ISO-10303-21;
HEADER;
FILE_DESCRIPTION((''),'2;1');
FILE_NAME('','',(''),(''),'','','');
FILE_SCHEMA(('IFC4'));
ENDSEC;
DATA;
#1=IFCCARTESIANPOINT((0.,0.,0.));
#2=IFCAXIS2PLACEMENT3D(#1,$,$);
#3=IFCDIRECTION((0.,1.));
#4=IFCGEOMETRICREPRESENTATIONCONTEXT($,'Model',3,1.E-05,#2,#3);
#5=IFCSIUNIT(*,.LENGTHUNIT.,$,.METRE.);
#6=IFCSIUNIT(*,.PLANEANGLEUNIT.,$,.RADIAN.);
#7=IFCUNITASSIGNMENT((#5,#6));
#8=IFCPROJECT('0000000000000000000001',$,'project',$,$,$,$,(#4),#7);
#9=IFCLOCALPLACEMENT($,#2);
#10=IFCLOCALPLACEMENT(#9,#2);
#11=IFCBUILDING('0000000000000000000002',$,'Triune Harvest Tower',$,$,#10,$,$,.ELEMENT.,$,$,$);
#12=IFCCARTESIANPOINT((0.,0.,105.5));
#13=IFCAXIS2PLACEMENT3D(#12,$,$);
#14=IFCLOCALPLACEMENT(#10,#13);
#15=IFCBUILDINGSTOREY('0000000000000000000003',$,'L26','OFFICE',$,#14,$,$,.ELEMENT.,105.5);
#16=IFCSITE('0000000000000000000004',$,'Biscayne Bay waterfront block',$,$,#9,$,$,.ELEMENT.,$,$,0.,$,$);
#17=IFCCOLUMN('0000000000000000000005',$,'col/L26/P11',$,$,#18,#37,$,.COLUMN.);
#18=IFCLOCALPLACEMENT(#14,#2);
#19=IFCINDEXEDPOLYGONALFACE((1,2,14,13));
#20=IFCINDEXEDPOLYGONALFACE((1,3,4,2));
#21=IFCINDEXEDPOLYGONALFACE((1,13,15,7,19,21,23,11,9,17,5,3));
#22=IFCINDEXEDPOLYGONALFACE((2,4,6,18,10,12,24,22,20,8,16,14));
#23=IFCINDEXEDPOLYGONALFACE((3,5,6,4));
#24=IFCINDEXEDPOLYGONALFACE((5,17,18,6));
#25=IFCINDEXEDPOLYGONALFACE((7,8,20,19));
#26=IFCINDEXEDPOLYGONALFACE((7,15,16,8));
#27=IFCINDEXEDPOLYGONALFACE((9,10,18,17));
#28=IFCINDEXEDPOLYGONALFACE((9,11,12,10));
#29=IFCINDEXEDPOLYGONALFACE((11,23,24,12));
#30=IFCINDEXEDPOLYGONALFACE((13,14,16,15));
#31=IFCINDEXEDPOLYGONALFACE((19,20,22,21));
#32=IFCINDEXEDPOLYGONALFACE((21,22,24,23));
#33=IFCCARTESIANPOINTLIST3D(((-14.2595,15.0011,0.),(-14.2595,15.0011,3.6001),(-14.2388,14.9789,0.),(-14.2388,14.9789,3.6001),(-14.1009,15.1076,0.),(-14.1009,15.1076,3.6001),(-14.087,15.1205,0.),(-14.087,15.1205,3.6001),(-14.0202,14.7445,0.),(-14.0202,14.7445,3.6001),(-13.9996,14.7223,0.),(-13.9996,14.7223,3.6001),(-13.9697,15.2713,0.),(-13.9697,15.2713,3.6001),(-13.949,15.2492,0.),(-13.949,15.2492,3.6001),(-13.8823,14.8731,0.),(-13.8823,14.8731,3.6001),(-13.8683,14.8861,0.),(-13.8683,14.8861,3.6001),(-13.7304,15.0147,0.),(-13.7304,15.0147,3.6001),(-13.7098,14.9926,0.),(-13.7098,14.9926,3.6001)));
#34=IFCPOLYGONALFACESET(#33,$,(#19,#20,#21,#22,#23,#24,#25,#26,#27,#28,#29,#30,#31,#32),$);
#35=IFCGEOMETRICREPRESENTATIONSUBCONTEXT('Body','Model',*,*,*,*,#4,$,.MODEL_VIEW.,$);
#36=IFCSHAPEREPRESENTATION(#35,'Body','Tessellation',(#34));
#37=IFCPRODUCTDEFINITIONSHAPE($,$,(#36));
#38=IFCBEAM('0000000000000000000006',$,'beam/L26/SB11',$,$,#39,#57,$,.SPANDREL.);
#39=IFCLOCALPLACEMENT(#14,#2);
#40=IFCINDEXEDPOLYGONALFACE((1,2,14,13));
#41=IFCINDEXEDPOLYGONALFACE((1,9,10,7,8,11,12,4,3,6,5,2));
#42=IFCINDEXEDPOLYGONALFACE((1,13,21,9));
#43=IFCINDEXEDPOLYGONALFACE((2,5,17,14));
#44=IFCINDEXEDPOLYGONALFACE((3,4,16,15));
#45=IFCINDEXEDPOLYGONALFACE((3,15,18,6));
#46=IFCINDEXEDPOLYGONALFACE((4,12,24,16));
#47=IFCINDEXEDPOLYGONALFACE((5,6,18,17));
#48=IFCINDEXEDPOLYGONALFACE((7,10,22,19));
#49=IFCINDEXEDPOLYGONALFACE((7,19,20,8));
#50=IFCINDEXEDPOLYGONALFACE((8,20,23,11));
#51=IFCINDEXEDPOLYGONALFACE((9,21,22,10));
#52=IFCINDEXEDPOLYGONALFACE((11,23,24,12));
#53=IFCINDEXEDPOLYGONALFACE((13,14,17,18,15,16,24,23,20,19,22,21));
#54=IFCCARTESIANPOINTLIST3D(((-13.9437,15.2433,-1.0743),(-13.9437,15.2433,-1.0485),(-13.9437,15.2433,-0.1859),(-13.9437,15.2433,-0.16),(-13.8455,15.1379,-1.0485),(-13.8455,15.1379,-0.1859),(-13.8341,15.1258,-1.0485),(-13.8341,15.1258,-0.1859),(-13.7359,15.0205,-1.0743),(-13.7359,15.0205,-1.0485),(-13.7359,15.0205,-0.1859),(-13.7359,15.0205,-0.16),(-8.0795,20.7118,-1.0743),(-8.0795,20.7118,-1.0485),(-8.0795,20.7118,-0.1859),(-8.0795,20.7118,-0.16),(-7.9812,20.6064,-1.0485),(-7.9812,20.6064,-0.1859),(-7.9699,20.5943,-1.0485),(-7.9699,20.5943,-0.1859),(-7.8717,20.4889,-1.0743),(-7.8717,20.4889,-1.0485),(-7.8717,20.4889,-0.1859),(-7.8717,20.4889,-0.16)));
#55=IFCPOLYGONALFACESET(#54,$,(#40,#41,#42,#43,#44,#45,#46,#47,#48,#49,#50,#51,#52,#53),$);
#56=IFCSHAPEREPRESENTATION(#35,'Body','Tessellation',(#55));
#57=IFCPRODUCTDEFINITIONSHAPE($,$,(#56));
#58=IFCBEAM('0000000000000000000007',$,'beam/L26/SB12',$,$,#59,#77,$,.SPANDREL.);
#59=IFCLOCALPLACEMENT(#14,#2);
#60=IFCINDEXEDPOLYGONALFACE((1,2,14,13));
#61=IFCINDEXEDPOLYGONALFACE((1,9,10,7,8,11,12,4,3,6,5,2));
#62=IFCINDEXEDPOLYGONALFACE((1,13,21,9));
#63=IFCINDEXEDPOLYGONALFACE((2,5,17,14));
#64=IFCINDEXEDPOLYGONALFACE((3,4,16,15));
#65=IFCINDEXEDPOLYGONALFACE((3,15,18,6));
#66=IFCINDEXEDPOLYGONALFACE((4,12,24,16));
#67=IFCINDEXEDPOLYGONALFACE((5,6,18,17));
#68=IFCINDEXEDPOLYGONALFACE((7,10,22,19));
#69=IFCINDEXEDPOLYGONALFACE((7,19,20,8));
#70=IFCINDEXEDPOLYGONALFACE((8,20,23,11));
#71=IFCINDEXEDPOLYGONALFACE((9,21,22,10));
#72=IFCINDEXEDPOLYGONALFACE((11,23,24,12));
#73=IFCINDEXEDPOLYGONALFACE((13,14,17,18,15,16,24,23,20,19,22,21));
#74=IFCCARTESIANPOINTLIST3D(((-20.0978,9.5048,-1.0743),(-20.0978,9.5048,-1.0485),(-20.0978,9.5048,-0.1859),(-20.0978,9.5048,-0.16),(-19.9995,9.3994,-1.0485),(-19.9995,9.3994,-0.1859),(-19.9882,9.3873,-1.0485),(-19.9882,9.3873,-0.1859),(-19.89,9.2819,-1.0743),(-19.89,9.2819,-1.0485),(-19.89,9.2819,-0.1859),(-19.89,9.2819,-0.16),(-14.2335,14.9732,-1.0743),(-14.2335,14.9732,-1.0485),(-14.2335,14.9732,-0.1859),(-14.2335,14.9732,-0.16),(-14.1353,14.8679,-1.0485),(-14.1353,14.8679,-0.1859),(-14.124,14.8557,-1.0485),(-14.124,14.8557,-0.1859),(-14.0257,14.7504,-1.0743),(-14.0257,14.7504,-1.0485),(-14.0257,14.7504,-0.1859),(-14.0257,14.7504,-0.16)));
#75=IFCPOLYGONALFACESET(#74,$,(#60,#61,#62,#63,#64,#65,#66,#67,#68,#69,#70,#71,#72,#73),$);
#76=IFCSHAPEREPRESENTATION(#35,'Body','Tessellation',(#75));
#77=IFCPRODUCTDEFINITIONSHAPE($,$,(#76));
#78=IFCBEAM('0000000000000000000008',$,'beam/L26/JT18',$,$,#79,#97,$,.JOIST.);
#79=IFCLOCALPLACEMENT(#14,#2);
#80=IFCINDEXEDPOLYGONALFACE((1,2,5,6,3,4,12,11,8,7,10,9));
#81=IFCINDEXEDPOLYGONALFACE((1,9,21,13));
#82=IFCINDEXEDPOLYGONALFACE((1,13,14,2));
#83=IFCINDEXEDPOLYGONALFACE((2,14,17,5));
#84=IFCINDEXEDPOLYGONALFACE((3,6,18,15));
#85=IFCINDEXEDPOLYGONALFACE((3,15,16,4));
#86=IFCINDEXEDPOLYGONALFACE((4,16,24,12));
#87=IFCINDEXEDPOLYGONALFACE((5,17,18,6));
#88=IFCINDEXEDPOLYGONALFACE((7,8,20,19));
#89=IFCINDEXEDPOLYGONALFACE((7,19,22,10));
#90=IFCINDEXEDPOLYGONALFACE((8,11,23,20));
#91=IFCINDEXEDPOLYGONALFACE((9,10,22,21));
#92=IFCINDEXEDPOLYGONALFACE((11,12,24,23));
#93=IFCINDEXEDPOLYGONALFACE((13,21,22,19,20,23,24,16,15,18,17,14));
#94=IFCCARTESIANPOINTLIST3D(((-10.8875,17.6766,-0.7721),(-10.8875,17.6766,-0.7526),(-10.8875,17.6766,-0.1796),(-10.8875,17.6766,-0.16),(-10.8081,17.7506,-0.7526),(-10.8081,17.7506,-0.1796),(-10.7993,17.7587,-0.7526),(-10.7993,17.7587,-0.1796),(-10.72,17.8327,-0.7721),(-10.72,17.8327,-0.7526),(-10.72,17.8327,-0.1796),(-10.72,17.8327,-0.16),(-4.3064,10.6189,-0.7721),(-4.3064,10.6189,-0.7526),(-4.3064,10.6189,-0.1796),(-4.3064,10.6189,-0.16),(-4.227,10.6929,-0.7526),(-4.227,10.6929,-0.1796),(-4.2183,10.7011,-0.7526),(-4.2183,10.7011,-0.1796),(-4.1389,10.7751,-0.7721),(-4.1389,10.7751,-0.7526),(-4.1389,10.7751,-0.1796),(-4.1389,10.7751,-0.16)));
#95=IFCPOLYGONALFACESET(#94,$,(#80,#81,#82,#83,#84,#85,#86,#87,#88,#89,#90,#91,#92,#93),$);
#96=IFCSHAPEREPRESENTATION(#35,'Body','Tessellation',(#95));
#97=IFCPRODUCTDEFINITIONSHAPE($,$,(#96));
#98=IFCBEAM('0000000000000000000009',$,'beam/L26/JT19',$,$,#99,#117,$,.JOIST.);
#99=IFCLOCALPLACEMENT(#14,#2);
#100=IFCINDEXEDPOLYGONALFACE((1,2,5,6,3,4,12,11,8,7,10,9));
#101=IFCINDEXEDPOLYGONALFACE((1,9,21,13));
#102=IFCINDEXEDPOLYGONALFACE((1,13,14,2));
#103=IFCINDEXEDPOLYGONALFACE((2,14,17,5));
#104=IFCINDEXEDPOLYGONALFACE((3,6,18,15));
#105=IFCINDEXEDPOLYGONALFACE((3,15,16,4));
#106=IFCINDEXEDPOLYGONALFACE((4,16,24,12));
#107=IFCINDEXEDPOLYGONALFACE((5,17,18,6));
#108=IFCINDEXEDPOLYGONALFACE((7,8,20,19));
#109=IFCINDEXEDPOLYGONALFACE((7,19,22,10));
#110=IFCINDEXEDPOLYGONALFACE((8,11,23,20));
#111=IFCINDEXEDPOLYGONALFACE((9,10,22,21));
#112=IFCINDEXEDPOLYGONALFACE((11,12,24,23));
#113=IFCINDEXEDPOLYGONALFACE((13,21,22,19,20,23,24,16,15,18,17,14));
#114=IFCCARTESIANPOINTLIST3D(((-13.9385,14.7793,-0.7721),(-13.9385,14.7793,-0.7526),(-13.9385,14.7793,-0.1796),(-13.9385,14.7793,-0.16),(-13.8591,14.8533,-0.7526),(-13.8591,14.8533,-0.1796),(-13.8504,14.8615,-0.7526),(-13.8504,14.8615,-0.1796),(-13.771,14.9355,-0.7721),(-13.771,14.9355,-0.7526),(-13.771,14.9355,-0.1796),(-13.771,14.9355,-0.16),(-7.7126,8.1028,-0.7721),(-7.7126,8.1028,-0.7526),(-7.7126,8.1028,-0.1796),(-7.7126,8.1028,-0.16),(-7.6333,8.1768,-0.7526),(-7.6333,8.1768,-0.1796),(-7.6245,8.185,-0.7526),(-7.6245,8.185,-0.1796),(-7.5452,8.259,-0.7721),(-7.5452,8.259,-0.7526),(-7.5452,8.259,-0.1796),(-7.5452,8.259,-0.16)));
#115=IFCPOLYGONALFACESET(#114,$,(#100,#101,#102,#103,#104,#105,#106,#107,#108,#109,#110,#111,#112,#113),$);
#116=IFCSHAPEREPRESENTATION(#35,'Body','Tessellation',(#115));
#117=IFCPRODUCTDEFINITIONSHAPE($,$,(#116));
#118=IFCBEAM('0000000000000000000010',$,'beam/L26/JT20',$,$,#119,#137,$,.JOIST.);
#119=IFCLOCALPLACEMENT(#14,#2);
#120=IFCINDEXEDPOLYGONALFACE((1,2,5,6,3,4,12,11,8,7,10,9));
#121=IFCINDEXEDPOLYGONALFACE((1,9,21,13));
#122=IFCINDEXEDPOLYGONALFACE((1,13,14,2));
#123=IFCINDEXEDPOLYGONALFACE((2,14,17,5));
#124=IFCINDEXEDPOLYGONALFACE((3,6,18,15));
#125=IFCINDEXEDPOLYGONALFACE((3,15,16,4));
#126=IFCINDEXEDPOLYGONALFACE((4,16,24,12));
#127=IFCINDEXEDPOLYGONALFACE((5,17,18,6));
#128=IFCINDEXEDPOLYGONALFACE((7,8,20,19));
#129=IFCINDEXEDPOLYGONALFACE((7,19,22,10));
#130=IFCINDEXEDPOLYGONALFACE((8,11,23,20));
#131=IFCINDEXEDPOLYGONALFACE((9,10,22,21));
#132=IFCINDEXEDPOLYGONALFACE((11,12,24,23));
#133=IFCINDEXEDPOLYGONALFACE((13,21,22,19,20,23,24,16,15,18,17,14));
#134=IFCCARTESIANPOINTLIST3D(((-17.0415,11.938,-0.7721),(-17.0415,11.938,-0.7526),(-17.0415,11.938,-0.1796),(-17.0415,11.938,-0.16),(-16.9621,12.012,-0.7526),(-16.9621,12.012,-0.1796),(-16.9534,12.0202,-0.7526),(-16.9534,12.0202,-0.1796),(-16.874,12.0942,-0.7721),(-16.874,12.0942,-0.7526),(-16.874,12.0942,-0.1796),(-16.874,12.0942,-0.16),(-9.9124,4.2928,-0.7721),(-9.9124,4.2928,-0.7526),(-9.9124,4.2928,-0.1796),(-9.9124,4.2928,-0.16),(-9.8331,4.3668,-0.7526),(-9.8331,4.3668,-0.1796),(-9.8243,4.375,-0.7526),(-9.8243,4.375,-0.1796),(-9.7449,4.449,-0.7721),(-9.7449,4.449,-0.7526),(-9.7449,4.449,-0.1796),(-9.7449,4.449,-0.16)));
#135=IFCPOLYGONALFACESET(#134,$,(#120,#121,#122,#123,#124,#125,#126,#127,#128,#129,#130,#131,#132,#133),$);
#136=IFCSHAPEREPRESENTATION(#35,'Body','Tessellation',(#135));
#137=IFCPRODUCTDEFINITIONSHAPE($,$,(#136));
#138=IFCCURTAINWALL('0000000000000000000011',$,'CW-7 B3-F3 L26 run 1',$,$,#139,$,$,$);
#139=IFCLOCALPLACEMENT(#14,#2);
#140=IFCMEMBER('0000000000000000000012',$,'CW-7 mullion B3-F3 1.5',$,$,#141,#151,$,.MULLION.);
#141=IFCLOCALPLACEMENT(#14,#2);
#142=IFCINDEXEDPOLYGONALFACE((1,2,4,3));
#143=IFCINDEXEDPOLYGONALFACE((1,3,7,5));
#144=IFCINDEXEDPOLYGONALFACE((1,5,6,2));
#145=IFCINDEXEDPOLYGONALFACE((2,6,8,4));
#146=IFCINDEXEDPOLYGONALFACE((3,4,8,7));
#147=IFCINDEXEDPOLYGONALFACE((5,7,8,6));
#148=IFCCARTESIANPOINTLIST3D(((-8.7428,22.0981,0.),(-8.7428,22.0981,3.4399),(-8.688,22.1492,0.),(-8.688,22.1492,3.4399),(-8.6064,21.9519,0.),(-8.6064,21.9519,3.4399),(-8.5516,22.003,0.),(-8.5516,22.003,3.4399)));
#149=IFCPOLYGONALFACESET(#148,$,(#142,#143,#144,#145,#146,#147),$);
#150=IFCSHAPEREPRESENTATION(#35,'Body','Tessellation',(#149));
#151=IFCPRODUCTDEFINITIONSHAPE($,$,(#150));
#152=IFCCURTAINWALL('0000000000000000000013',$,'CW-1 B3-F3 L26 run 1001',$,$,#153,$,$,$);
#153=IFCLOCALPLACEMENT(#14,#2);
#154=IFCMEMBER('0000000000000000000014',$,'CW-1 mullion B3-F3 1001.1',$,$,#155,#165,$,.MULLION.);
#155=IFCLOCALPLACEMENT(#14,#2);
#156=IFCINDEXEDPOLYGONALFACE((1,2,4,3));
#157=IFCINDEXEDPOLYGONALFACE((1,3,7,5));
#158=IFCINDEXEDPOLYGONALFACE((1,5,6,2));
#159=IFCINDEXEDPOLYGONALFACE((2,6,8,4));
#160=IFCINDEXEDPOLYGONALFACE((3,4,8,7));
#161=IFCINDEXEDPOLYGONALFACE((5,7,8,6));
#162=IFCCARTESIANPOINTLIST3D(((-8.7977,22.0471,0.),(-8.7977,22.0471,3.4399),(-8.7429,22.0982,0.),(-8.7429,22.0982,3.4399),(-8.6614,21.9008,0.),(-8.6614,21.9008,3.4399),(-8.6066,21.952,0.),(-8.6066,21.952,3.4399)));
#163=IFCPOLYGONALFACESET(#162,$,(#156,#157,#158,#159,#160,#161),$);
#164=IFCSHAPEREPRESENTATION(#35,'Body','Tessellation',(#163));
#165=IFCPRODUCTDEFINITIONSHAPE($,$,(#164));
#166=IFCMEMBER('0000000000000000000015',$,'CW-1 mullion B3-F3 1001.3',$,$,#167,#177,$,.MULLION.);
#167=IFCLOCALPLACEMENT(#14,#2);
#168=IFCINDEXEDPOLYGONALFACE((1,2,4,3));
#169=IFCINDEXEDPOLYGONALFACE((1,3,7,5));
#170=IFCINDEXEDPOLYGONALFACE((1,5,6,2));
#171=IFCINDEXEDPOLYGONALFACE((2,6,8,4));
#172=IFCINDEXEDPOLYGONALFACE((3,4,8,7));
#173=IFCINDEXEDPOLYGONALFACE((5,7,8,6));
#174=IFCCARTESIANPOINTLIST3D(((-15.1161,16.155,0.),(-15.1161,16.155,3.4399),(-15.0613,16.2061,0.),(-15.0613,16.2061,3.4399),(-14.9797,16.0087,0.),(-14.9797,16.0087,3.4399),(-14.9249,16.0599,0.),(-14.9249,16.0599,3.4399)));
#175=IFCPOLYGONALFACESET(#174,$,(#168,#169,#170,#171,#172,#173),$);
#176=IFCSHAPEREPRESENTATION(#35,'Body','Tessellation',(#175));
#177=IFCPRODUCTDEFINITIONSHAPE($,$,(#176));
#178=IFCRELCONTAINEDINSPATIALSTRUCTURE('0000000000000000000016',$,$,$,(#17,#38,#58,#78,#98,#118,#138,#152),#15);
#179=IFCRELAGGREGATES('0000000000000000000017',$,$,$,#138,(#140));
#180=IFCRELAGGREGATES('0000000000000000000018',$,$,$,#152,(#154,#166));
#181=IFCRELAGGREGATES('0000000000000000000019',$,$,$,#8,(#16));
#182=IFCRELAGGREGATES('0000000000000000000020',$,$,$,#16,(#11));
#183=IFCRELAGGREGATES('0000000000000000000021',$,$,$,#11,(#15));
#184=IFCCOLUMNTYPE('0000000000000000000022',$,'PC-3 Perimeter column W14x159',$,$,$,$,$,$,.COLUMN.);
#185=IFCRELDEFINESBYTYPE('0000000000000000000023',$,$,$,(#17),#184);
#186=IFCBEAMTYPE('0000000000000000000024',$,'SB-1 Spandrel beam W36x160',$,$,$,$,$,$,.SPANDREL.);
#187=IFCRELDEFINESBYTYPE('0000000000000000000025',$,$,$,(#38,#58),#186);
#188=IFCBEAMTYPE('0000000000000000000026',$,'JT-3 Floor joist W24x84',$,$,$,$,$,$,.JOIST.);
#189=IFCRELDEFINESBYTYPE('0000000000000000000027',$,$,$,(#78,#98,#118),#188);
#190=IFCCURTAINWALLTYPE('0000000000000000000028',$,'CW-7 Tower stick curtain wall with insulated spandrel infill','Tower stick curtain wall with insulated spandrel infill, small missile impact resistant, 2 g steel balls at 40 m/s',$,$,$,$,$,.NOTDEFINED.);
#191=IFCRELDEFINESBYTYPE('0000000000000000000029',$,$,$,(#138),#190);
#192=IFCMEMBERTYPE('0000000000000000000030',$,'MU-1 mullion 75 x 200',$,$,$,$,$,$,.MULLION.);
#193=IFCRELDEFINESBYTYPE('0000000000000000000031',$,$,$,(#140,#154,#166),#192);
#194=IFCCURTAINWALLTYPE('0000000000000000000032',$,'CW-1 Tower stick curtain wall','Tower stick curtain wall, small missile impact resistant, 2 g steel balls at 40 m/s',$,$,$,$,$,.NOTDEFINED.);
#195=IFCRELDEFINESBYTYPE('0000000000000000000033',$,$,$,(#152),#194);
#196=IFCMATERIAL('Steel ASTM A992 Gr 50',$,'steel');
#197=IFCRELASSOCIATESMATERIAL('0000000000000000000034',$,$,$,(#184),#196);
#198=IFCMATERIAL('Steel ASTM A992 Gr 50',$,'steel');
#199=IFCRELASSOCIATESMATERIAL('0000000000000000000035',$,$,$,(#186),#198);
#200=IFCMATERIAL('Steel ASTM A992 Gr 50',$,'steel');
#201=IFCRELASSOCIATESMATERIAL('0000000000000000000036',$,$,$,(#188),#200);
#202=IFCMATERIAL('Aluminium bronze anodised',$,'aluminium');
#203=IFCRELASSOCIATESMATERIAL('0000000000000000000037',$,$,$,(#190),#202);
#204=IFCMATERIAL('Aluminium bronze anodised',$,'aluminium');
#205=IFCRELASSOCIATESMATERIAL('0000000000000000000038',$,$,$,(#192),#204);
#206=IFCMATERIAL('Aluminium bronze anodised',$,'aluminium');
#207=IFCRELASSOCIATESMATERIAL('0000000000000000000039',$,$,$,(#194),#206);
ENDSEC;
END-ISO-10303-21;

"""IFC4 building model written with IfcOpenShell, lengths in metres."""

from ifc_helpers import new_model, si_unit, direction, frame, origin, origin_2d, place, context, subcontext, project, spatial, rectangle, i_section, extrude, source, transform, mapped, material, material_profile, profile_set, type_object, element, aggregate, save


model = new_model("IFC4")

# Units and contexts
model_context = context("Model", 3, precision=1e-05, world=origin(), true_north=direction((0.0, 1.0)))
body_context = subcontext(model_context, "Body", "Model", "MODEL_VIEW")
ifc_project = project(units=[si_unit("LENGTHUNIT", "METRE"), si_unit("PLANEANGLEUNIT", "RADIAN")], contexts=[model_context])

# Site, building, storey
site_placement = place(None, origin())
site = spatial("IfcSite", under=ifc_project, at=site_placement, Name="Biscayne Bay waterfront block", CompositionType="ELEMENT", RefElevation=0.0)
building_placement = place(site_placement, origin())
building = spatial("IfcBuilding", under=site, at=building_placement, Name="Triune Harvest Tower", CompositionType="ELEMENT")
storey_placement = place(building_placement, frame((0.0, 0.0, 105.5)))
storey = spatial("IfcBuildingStorey", under=building, at=storey_placement, Name="L26", Description="OFFICE", CompositionType="ELEMENT", Elevation=105.5)

# Column
ifc_material_1 = material(Name="Steel ASTM A992 Gr 50", Category="steel")
ifc_material_profile_1 = material_profile(ifc_material_1, i_section(OverallWidth=0.3962, OverallDepth=0.3811, WebThickness=0.019, FlangeThickness=0.0303, at=origin_2d()), Name="W14x159")
ifc_profile_set_1 = profile_set([ifc_material_profile_1], Name="Steel ASTM A992 Gr 50")
column_type = type_object("IfcColumnType", Name="PC-3 Perimeter column W14x159", PredefinedType="COLUMN", material=ifc_profile_set_1)
shared_shape_1 = source(origin(), body_context, "Body", "SweptSolid", [
    extrude(i_section(OverallWidth=0.3962, OverallDepth=0.3811, WebThickness=0.019, FlangeThickness=0.0303, at=origin_2d()), origin(), (0.0, 0.0, 1.0), 3.6001),
])
column_placement = place(storey_placement, frame((-13.9846, 14.9968, 0.0), z_axis=(0.0, 0.0, 1.0), x_axis=(-0.731355, -0.681997, 0.0)))
element("IfcColumn", 1, at=column_placement, inside=storey, type_object=column_type, Name="col/L26/P11", PredefinedType="COLUMN", context=body_context, shape_type="MappedRepresentation", body=[
    mapped(shared_shape_1, transform((0.0, 0.0, 0.0), scale=1.0)),
])

# Beams
ifc_material_2 = material(Name="Steel ASTM A992 Gr 50", Category="steel")
ifc_material_profile_2 = material_profile(ifc_material_2, i_section(OverallWidth=0.3047, OverallDepth=0.9143, WebThickness=0.0166, FlangeThickness=0.0259, at=origin_2d()), Name="W36x160")
ifc_profile_set_2 = profile_set([ifc_material_profile_2], Name="Steel ASTM A992 Gr 50")
beam_type_1 = type_object("IfcBeamType", Name="SB-1 Spandrel beam W36x160", PredefinedType="SPANDREL", material=ifc_profile_set_2)
shared_shape_2 = source(origin(), body_context, "Body", "SweptSolid", [
    extrude(i_section(OverallWidth=0.3047, OverallDepth=0.9143, WebThickness=0.0166, FlangeThickness=0.0259, at=origin_2d()), origin(), (0.0, 0.0, 1.0), 8.0183),
])
for number, where, z_axis, x_axis, name in (
    (2, (-7.9756, 20.6003, -0.6172), (-0.731354, -0.681998, 0.0), (0.681998, -0.731354, 0.0), "beam/L26/SB11"),
    (3, (-14.1296, 14.8618, -0.6172), (-0.731354, -0.681998, 0.0), (0.681998, -0.731354, 0.0), "beam/L26/SB12"),
):
    element("IfcBeam", number, at=place(storey_placement, frame(where, z_axis=z_axis, x_axis=x_axis)), inside=storey, type_object=beam_type_1, Name=name, PredefinedType="SPANDREL", context=body_context, shape_type="MappedRepresentation", body=[
        mapped(shared_shape_2, transform((0.0, 0.0, 0.0), scale=1.0)),
    ])
ifc_material_3 = material(Name="Steel ASTM A992 Gr 50", Category="steel")
ifc_material_profile_3 = material_profile(ifc_material_3, i_section(OverallWidth=0.229, OverallDepth=0.6121, WebThickness=0.012, FlangeThickness=0.0195, at=origin_2d()), Name="W24x84")
ifc_profile_set_3 = profile_set([ifc_material_profile_3], Name="Steel ASTM A992 Gr 50")
beam_type_2 = type_object("IfcBeamType", Name="JT-3 Floor joist W24x84", PredefinedType="JOIST", material=ifc_profile_set_3)
shared_shape_3 = source(origin(), body_context, "Body", "SweptSolid", [
    extrude(i_section(OverallWidth=0.229, OverallDepth=0.6121, WebThickness=0.012, FlangeThickness=0.0195, at=origin_2d()), origin(), (0.0, 0.0, 1.0), 9.6499),
])
beam_1_placement = place(storey_placement, frame((-10.8037, 17.7546, -0.4661), z_axis=(0.681983, -0.731368, 0.0), x_axis=(0.731368, 0.681983, 0.0)))
element("IfcBeam", 4, at=beam_1_placement, inside=storey, type_object=beam_type_2, Name="beam/L26/JT18", PredefinedType="JOIST", context=body_context, shape_type="MappedRepresentation", body=[
    mapped(shared_shape_3, transform((0.0, 0.0, 0.0), scale=1.0)),
])
shared_shape_4 = source(origin(), body_context, "Body", "SweptSolid", [
    extrude(i_section(OverallWidth=0.229, OverallDepth=0.6121, WebThickness=0.012, FlangeThickness=0.0195, at=origin_2d()), origin(), (0.0, 0.0, 1.0), 9.1289),
])
beam_2_placement = place(storey_placement, frame((-13.8547, 14.8574, -0.4661), z_axis=(0.681991, -0.73136, 0.0), x_axis=(0.73136, 0.681991, 0.0)))
element("IfcBeam", 5, at=beam_2_placement, inside=storey, type_object=beam_type_2, Name="beam/L26/JT19", PredefinedType="JOIST", context=body_context, shape_type="MappedRepresentation", body=[
    mapped(shared_shape_4, transform((0.0, 0.0, 0.0), scale=1.0)),
])
shared_shape_5 = source(origin(), body_context, "Body", "SweptSolid", [
    extrude(i_section(OverallWidth=0.229, OverallDepth=0.6121, WebThickness=0.012, FlangeThickness=0.0195, at=origin_2d()), origin(), (0.0, 0.0, 1.0), 10.4534),
])
beam_3_placement = place(storey_placement, frame((-16.9578, 12.0161, -0.4661), z_axis=(0.681989, -0.731362, 0.0), x_axis=(0.731362, 0.681989, 0.0)))
element("IfcBeam", 6, at=beam_3_placement, inside=storey, type_object=beam_type_2, Name="beam/L26/JT20", PredefinedType="JOIST", context=body_context, shape_type="MappedRepresentation", body=[
    mapped(shared_shape_5, transform((0.0, 0.0, 0.0), scale=1.0)),
])

# Curtain wall, member
ifc_material_4 = material(Name="Aluminium bronze anodised", Category="aluminium")
curtain_wall_type_1 = type_object("IfcCurtainWallType", Name="CW-7 Tower stick curtain wall with insulated spandrel infill", Description="Tower stick curtain wall with insulated spandrel infill, small missile impact resistant, 2 g steel balls at 40 m/s", PredefinedType="NOTDEFINED", material=ifc_material_4)
curtain_wall_1_placement = place(storey_placement, origin())
curtain_wall_1 = element("IfcCurtainWall", 7, at=curtain_wall_1_placement, inside=storey, type_object=curtain_wall_type_1, Name="CW-7 B3-F3 L26 run 1")
ifc_material_5 = material(Name="Aluminium bronze anodised", Category="aluminium")
ifc_material_profile_4 = material_profile(ifc_material_5, rectangle(XDim=0.2, YDim=0.075, at=origin_2d()), Name="MU-1 mullion 75 x 200")
ifc_profile_set_4 = profile_set([ifc_material_profile_4], Name="Aluminium bronze anodised")
member_type_1 = type_object("IfcMemberType", Name="MU-1 mullion 75 x 200", PredefinedType="MULLION", material=ifc_profile_set_4)
shared_shape_6 = source(origin(), body_context, "Body", "SweptSolid", [
    extrude(rectangle(XDim=0.2, YDim=0.075, at=origin_2d()), origin(), (0.0, 0.0, 1.0), 3.4399),
])
member_1_placement = place(storey_placement, frame((-8.6472, 22.0505, 0.0), z_axis=(0.0, 0.0, 1.0), x_axis=(0.681999, -0.731353, 0.0)))
member_1 = element("IfcMember", 8, at=member_1_placement, type_object=member_type_1, Name="CW-7 mullion B3-F3 1.5", PredefinedType="MULLION", context=body_context, shape_type="MappedRepresentation", body=[
    mapped(shared_shape_6, transform((0.0, 0.0, 0.0), scale=1.0)),
])
aggregate(curtain_wall_1, [member_1])

# Curtain wall, members
ifc_material_6 = material(Name="Aluminium bronze anodised", Category="aluminium")
curtain_wall_type_2 = type_object("IfcCurtainWallType", Name="CW-1 Tower stick curtain wall", Description="Tower stick curtain wall, small missile impact resistant, 2 g steel balls at 40 m/s", PredefinedType="NOTDEFINED", material=ifc_material_6)
curtain_wall_2_placement = place(storey_placement, origin())
curtain_wall_2 = element("IfcCurtainWall", 9, at=curtain_wall_2_placement, inside=storey, type_object=curtain_wall_type_2, Name="CW-1 B3-F3 L26 run 1001")
member_2_placement = place(storey_placement, frame((-8.7021, 21.9995, 0.0), z_axis=(0.0, 0.0, 1.0), x_axis=(0.681998, -0.731354, 0.0)))
member_2 = element("IfcMember", 10, at=member_2_placement, type_object=member_type_1, Name="CW-1 mullion B3-F3 1001.1", PredefinedType="MULLION", context=body_context, shape_type="MappedRepresentation", body=[
    mapped(shared_shape_6, transform((0.0, 0.0, 0.0), scale=1.0)),
])
member_3_placement = place(storey_placement, frame((-15.0205, 16.1074, 0.0), z_axis=(0.0, 0.0, 1.0), x_axis=(0.681998, -0.731354, 0.0)))
member_3 = element("IfcMember", 11, at=member_3_placement, type_object=member_type_1, Name="CW-1 mullion B3-F3 1001.3", PredefinedType="MULLION", context=body_context, shape_type="MappedRepresentation", body=[
    mapped(shared_shape_6, transform((0.0, 0.0, 0.0), scale=1.0)),
])
aggregate(curtain_wall_2, [member_2, member_3])

save(model, "model.ifc")
